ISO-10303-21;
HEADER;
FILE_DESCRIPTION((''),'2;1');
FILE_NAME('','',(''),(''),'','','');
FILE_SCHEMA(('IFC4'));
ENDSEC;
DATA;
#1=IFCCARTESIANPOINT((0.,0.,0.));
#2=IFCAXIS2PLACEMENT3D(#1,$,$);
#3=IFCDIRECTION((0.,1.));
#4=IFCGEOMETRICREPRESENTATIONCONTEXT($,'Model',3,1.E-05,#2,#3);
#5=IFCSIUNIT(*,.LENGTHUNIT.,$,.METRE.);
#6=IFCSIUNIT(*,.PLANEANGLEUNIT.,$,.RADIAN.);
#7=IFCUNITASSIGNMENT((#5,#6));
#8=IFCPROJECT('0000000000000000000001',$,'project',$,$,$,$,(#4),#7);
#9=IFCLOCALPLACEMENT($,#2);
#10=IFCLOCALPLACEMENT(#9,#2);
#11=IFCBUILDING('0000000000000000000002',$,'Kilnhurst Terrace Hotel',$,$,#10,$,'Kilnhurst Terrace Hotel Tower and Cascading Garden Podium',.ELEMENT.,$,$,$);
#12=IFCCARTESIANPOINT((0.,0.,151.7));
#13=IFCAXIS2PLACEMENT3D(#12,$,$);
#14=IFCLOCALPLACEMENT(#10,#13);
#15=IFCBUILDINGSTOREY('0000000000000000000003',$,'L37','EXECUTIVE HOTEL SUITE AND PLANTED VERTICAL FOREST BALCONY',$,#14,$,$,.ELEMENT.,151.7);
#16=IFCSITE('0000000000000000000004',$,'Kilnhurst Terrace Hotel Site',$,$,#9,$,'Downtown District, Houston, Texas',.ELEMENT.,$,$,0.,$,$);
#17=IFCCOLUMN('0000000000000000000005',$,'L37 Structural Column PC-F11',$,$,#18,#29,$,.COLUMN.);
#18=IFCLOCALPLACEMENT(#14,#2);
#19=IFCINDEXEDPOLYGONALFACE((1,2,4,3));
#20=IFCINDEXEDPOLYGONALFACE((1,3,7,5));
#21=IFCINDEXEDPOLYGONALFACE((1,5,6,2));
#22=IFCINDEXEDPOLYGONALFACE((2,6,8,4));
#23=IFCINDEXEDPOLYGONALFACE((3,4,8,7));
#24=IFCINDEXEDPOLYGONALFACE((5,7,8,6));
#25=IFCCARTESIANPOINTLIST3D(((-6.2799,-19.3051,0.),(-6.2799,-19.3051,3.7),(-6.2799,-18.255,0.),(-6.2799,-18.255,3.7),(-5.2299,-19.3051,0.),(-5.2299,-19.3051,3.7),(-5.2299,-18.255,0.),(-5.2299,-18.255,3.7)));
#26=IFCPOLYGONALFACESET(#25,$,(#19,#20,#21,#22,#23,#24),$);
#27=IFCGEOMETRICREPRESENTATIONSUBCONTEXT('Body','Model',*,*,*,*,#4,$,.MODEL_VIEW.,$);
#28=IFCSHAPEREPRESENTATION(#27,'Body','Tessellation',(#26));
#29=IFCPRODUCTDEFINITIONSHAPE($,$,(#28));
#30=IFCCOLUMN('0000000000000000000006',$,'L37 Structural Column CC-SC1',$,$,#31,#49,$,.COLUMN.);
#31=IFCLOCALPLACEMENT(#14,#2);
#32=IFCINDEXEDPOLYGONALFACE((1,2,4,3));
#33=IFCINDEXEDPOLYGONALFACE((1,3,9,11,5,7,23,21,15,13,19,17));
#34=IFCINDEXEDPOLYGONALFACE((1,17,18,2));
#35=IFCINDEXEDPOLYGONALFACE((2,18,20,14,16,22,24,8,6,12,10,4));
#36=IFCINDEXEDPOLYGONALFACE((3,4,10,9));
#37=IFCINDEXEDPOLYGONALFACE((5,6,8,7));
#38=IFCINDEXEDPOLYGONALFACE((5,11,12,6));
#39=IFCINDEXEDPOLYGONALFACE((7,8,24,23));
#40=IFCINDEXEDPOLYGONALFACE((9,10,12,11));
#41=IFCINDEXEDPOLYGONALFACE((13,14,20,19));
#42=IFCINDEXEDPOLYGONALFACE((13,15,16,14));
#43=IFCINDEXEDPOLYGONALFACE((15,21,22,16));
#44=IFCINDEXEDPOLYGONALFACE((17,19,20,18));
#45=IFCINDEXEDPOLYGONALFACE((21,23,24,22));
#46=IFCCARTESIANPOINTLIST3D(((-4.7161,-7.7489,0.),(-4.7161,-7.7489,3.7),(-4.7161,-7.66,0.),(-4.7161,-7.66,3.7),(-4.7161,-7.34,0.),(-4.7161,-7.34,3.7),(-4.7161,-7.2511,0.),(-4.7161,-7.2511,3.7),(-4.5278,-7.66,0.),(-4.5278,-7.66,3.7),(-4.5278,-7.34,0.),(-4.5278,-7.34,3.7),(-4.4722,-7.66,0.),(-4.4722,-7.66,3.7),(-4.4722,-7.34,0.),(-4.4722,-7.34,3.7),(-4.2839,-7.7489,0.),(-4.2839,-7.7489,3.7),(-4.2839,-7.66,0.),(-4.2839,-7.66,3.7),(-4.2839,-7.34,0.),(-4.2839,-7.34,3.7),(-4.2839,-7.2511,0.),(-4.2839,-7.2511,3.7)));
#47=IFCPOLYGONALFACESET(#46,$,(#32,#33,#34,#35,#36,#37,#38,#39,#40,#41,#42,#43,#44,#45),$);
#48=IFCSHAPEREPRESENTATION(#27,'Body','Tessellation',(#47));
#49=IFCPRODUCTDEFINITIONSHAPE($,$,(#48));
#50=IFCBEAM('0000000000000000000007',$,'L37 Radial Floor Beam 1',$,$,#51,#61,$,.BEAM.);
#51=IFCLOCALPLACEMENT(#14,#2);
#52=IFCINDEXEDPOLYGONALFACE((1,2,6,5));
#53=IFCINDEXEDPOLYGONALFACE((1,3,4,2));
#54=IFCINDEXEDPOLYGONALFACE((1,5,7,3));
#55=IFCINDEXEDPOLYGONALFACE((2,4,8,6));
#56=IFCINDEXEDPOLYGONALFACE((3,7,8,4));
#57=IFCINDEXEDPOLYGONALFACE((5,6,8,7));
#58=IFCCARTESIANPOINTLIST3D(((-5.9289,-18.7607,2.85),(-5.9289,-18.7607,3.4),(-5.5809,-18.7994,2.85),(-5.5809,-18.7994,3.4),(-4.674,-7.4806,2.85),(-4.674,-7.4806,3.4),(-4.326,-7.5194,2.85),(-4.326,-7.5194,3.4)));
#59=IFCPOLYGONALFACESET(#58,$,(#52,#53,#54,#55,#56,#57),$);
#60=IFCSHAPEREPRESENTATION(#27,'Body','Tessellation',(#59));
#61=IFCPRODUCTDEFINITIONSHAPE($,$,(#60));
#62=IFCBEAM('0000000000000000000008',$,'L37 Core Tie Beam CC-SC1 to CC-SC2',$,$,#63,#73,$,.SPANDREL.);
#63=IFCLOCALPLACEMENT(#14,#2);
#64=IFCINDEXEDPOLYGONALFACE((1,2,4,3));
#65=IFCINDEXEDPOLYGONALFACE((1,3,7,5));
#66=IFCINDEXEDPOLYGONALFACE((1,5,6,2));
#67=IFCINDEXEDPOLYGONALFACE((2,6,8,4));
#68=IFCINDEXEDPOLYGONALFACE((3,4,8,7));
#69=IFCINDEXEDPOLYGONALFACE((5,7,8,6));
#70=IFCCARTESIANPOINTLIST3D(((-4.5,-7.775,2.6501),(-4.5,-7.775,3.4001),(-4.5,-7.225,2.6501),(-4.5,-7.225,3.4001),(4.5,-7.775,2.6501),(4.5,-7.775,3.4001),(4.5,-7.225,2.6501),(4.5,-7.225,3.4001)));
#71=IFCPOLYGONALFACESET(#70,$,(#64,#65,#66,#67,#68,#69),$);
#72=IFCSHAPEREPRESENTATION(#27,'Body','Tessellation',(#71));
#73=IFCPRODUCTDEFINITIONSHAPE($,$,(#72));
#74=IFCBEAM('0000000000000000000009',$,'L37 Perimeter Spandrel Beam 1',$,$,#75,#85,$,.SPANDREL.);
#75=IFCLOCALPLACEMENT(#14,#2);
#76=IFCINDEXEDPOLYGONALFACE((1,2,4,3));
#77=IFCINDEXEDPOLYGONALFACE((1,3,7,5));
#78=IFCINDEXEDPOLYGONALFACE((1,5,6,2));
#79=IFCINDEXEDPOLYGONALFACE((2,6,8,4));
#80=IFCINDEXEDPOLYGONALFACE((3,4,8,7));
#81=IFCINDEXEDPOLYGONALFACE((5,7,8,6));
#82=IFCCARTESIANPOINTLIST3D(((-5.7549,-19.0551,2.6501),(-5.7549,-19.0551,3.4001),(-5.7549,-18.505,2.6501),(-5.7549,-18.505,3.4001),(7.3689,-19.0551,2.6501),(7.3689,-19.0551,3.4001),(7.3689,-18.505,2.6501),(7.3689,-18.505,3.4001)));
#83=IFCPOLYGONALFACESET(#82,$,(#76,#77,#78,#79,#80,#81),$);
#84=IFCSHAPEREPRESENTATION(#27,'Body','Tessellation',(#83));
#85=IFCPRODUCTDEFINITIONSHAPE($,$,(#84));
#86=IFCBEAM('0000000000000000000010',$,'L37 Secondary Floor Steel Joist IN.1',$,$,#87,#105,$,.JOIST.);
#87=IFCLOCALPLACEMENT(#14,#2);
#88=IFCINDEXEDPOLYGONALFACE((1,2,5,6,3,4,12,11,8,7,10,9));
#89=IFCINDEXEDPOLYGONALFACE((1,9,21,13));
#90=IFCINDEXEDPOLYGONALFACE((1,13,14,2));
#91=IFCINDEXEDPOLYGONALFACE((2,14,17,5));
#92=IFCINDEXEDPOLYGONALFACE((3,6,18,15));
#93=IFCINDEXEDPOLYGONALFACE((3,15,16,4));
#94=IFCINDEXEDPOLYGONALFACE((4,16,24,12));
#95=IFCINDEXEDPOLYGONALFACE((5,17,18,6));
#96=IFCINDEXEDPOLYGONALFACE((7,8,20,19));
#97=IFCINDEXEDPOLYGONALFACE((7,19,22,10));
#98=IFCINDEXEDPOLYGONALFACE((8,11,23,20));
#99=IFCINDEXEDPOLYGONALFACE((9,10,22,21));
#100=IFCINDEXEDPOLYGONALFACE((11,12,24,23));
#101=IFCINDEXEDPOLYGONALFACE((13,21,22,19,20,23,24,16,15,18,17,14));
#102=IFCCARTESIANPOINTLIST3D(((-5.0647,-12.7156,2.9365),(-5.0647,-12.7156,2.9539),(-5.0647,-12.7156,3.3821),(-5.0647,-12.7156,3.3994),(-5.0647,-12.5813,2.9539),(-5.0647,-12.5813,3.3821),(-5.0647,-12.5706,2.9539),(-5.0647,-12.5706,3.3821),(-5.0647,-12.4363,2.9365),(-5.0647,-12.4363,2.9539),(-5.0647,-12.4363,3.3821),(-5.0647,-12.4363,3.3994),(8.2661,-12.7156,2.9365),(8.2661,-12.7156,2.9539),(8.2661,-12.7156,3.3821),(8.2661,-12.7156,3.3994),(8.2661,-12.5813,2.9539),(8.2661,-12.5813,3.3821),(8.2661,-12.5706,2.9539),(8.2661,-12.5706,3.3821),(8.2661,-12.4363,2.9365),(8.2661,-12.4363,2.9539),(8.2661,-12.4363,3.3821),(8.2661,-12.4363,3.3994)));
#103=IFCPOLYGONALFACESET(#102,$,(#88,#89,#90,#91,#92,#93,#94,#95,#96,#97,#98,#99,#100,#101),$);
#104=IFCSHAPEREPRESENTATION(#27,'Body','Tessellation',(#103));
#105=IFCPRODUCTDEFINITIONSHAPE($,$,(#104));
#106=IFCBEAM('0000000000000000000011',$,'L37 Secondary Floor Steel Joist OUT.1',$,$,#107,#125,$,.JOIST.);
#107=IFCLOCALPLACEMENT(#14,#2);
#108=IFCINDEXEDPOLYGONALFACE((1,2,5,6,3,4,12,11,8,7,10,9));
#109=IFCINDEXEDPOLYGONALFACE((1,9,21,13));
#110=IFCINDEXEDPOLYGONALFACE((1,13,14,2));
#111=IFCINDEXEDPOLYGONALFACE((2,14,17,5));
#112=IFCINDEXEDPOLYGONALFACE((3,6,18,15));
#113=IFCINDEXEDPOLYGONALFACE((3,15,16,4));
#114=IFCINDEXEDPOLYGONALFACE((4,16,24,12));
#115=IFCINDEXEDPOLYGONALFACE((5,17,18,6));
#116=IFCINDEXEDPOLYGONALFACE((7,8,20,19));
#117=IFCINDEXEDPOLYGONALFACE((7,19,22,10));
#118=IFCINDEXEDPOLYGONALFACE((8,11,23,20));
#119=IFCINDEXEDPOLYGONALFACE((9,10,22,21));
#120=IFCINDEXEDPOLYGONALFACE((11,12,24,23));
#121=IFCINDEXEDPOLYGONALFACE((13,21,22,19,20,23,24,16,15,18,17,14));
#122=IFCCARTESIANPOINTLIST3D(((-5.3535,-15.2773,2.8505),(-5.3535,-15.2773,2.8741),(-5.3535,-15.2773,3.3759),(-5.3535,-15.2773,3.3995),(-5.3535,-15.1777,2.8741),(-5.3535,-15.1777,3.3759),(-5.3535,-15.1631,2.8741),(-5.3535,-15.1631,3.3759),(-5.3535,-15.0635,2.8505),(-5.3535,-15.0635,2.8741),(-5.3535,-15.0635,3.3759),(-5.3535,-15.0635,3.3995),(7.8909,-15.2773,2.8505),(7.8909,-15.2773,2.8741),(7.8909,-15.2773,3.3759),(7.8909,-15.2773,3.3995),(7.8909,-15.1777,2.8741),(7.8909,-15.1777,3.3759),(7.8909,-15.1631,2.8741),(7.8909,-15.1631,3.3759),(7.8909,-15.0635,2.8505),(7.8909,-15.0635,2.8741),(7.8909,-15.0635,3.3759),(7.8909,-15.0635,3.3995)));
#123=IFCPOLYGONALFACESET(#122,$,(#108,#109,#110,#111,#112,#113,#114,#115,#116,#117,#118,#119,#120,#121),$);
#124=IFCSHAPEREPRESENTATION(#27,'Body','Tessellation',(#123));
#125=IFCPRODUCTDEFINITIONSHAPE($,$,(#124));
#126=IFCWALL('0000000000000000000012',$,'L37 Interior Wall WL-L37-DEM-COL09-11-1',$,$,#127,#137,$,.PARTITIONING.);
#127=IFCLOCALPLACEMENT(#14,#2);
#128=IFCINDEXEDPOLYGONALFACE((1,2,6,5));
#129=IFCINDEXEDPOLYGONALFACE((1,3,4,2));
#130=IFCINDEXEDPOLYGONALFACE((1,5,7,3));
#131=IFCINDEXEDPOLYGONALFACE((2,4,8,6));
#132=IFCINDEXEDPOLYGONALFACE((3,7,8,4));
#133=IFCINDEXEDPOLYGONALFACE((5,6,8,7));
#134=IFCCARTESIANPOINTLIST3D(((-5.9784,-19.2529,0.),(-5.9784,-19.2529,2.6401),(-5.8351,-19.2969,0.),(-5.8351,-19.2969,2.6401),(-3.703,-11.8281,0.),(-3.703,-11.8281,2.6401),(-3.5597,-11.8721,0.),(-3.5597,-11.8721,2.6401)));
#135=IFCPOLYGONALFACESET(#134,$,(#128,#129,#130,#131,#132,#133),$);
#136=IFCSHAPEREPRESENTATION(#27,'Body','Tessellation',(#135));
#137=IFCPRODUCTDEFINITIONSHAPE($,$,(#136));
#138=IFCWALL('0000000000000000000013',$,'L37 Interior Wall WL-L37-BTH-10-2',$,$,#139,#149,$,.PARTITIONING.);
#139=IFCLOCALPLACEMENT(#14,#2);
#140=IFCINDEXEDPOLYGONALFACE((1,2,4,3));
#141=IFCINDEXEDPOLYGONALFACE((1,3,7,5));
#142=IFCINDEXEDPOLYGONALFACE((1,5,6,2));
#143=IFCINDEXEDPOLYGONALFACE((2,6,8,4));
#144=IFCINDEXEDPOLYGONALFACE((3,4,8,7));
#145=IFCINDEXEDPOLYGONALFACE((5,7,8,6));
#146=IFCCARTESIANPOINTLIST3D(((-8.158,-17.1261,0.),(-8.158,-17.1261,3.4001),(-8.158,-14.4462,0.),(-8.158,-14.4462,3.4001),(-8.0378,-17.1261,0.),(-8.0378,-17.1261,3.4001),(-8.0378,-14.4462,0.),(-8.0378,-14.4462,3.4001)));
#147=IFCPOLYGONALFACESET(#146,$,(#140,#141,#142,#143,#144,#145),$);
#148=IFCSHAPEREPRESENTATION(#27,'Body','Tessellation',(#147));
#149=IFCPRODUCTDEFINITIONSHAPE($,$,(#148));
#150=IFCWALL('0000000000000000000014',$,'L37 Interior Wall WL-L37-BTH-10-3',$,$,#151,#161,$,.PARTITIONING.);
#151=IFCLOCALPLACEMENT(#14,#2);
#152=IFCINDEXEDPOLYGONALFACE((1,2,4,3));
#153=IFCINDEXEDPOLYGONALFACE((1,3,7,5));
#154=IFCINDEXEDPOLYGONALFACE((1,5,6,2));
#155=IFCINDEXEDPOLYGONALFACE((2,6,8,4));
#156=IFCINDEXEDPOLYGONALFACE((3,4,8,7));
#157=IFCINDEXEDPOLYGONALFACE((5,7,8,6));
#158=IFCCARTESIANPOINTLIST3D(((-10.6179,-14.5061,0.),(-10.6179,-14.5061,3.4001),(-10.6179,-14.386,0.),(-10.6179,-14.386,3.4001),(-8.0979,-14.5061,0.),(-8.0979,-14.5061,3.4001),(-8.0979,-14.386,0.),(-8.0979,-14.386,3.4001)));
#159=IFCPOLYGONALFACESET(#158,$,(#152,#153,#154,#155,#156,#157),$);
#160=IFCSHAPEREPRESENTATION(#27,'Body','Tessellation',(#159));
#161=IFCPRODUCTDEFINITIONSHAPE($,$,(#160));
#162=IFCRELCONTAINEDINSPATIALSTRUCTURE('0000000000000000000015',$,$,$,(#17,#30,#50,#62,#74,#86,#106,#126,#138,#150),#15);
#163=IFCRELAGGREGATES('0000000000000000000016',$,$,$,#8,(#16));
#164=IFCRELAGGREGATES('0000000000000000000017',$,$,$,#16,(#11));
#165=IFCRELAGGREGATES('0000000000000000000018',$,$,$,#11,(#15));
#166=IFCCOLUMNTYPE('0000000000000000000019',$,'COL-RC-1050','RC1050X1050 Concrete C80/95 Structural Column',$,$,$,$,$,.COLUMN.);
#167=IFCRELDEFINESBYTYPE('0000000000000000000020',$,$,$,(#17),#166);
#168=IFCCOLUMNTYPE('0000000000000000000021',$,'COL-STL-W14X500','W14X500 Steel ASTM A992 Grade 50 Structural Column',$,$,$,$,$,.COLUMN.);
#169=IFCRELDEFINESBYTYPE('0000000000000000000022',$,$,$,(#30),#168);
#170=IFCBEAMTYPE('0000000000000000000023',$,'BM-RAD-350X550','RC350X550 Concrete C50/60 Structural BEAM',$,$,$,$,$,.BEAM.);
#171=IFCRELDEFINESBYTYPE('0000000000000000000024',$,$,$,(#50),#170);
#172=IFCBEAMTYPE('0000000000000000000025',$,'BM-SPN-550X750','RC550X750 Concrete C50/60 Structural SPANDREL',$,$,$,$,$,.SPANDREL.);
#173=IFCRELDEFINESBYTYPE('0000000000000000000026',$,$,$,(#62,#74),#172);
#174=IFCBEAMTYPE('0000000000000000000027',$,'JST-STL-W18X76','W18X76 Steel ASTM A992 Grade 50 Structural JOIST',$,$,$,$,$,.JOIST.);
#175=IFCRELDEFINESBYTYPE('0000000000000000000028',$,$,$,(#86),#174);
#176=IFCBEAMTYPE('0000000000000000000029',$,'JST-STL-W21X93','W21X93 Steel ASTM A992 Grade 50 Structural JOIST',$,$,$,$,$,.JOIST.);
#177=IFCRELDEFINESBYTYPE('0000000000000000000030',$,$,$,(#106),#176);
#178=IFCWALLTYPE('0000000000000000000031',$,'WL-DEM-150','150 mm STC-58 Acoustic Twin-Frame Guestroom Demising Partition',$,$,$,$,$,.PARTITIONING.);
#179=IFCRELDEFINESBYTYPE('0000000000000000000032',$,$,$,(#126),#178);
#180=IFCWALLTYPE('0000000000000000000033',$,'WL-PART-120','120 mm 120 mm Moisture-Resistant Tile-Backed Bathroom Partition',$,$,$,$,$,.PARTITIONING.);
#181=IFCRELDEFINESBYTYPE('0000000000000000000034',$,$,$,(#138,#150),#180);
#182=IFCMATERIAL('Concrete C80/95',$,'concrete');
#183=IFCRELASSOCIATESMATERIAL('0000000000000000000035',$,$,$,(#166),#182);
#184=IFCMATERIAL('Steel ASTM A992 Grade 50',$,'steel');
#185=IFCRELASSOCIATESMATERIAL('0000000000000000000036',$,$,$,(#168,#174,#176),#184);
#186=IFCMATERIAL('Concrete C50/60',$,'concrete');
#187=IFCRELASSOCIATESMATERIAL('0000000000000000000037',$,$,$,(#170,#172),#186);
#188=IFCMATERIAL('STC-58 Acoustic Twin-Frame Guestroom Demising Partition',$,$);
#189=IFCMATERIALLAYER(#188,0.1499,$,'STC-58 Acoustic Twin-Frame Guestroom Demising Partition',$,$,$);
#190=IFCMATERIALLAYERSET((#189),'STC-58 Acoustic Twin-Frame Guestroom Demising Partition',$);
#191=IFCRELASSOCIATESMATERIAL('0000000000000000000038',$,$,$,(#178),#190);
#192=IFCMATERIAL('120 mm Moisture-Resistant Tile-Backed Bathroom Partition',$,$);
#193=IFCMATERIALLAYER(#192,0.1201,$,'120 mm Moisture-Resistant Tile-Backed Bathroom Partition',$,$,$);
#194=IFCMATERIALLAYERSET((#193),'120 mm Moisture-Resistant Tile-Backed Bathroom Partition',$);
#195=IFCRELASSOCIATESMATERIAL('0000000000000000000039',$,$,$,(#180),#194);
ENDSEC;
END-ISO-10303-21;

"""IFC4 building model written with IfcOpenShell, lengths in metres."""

from ifc_helpers import new_model, si_unit, direction, frame, frame_2d, origin, origin_2d, place, context, subcontext, project, spatial, rectangle, i_section, extrude, material, layer, layer_set, material_profile, profile_set, type_object, element, save


model = new_model("IFC4")

# Units and contexts
model_context = context("Model", 3, precision=1e-05, world=origin(), true_north=direction((0.0, 1.0)))
body_context = subcontext(model_context, "Body", "Model", "MODEL_VIEW")
ifc_project = project(units=[si_unit("LENGTHUNIT", "METRE"), si_unit("PLANEANGLEUNIT", "RADIAN")], contexts=[model_context])

# Site, building, storey
site_placement = place(None, origin())
site = spatial("IfcSite", under=ifc_project, at=site_placement, Name="Kilnhurst Terrace Hotel Site", LongName="Downtown District, Houston, Texas", CompositionType="ELEMENT", RefElevation=0.0)
building_placement = place(site_placement, origin())
building = spatial("IfcBuilding", under=site, at=building_placement, Name="Kilnhurst Terrace Hotel", LongName="Kilnhurst Terrace Hotel Tower and Cascading Garden Podium", CompositionType="ELEMENT")
storey_placement = place(building_placement, frame((0.0, 0.0, 151.7)))
storey = spatial("IfcBuildingStorey", under=building, at=storey_placement, Name="L37", Description="EXECUTIVE HOTEL SUITE AND PLANTED VERTICAL FOREST BALCONY", CompositionType="ELEMENT", Elevation=151.7)

# Columns
ifc_material_1 = material(Name="Concrete C80/95", Category="concrete")
ifc_material_profile_1 = material_profile(ifc_material_1, rectangle(XDim=1.05, YDim=1.05, at=origin_2d()), Name="RC1050X1050")
ifc_profile_set_1 = profile_set([ifc_material_profile_1], Name="Concrete C80/95")
column_type_1 = type_object("IfcColumnType", Name="COL-RC-1050", Description="RC1050X1050 Concrete C80/95 Structural Column", PredefinedType="COLUMN", material=ifc_profile_set_1)
column_1_placement = place(storey_placement, frame((-5.7549, -18.78, 0.0), z_axis=(0.0, 0.0, 1.0), x_axis=(1.0, 0.0, 0.0)))
element("IfcColumn", 1, at=column_1_placement, inside=storey, type_object=column_type_1, Name="L37 Structural Column PC-F11", PredefinedType="COLUMN", context=body_context, shape_type="SweptSolid", body=[
    extrude(rectangle(XDim=1.05, YDim=1.05, at=origin_2d()), origin(), (0.0, 0.0, 1.0), 3.7),
])
ifc_material_2 = material(Name="Steel ASTM A992 Grade 50", Category="steel")
ifc_material_profile_2 = material_profile(ifc_material_2, i_section(OverallWidth=0.4321, OverallDepth=0.4978, WebThickness=0.0557, FlangeThickness=0.0889, at=origin_2d()), Name="W14X500")
ifc_profile_set_2 = profile_set([ifc_material_profile_2], Name="Steel ASTM A992 Grade 50")
column_type_2 = type_object("IfcColumnType", Name="COL-STL-W14X500", Description="W14X500 Steel ASTM A992 Grade 50 Structural Column", PredefinedType="COLUMN", material=ifc_profile_set_2)
column_2_placement = place(storey_placement, frame((-4.5, -7.5, 0.0), z_axis=(0.0, 0.0, 1.0), x_axis=(1.0, 0.0, 0.0)))
element("IfcColumn", 2, at=column_2_placement, inside=storey, type_object=column_type_2, Name="L37 Structural Column CC-SC1", PredefinedType="COLUMN", context=body_context, shape_type="SweptSolid", body=[
    extrude(i_section(OverallWidth=0.4321, OverallDepth=0.4978, WebThickness=0.0557, FlangeThickness=0.0889, at=origin_2d()), origin(), (0.0, 0.0, 1.0), 3.7),
])

# Beams
ifc_material_3 = material(Name="Concrete C50/60", Category="concrete")
ifc_material_profile_3 = material_profile(ifc_material_3, rectangle(XDim=0.3501, YDim=0.55, at=origin_2d()), Name="RC350X550")
ifc_profile_set_3 = profile_set([ifc_material_profile_3], Name="Concrete C50/60")
beam_type_1 = type_object("IfcBeamType", Name="BM-RAD-350X550", Description="RC350X550 Concrete C50/60 Structural BEAM", PredefinedType="BEAM", material=ifc_profile_set_3)
beam_1_placement = place(storey_placement, frame((-4.5, -7.5, 3.125), z_axis=(-0.110566, -0.993869, 0.0), x_axis=(0.993869, -0.110566, 0.0)))
element("IfcBeam", 3, at=beam_1_placement, inside=storey, type_object=beam_type_1, Name="L37 Radial Floor Beam 1", PredefinedType="BEAM", context=body_context, shape_type="SweptSolid", body=[
    extrude(rectangle(XDim=0.3501, YDim=0.55, at=origin_2d()), origin(), (0.0, 0.0, 1.0), 11.3496),
])
ifc_material_profile_4 = material_profile(ifc_material_3, rectangle(XDim=0.55, YDim=0.75, at=origin_2d()), Name="RC550X750")
ifc_profile_set_4 = profile_set([ifc_material_profile_4], Name="Concrete C50/60")
beam_type_2 = type_object("IfcBeamType", Name="BM-SPN-550X750", Description="RC550X750 Concrete C50/60 Structural SPANDREL", PredefinedType="SPANDREL", material=ifc_profile_set_4)
beam_2_placement = place(storey_placement, frame((-4.5, -7.5, 3.0251), z_axis=(1.0, 0.0, 0.0), x_axis=(0.0, 1.0, 0.0)))
element("IfcBeam", 4, at=beam_2_placement, inside=storey, type_object=beam_type_2, Name="L37 Core Tie Beam CC-SC1 to CC-SC2", PredefinedType="SPANDREL", context=body_context, shape_type="SweptSolid", body=[
    extrude(rectangle(XDim=0.55, YDim=0.75, at=origin_2d()), origin(), (0.0, 0.0, 1.0), 9.0),
])
beam_3_placement = place(storey_placement, frame((-5.7549, -18.78, 3.0251), z_axis=(1.0, 0.0, 0.0), x_axis=(0.0, 1.0, 0.0)))
element("IfcBeam", 5, at=beam_3_placement, inside=storey, type_object=beam_type_2, Name="L37 Perimeter Spandrel Beam 1", PredefinedType="SPANDREL", context=body_context, shape_type="SweptSolid", body=[
    extrude(rectangle(XDim=0.55, YDim=0.75, at=origin_2d()), origin(), (0.0, 0.0, 1.0), 13.1238),
])
ifc_material_profile_5 = material_profile(ifc_material_2, i_section(OverallWidth=0.2793, OverallDepth=0.4629, WebThickness=0.0107, FlangeThickness=0.0173, at=origin_2d()), Name="W18X76")
ifc_profile_set_5 = profile_set([ifc_material_profile_5], Name="Steel ASTM A992 Grade 50")
beam_type_3 = type_object("IfcBeamType", Name="JST-STL-W18X76", Description="W18X76 Steel ASTM A992 Grade 50 Structural JOIST", PredefinedType="JOIST", material=ifc_profile_set_5)
beam_4_placement = place(storey_placement, frame((-5.0647, -12.5759, 3.168), z_axis=(1.0, 0.0, 0.0), x_axis=(0.0, 1.0, 0.0)))
element("IfcBeam", 6, at=beam_4_placement, inside=storey, type_object=beam_type_3, Name="L37 Secondary Floor Steel Joist IN.1", PredefinedType="JOIST", context=body_context, shape_type="SweptSolid", body=[
    extrude(i_section(OverallWidth=0.2793, OverallDepth=0.4629, WebThickness=0.0107, FlangeThickness=0.0173, at=origin_2d()), origin(), (0.0, 0.0, 1.0), 13.3308),
])
ifc_material_profile_6 = material_profile(ifc_material_2, i_section(OverallWidth=0.2139, OverallDepth=0.5491, WebThickness=0.0146, FlangeThickness=0.0237, at=origin_2d()), Name="W21X93")
ifc_profile_set_6 = profile_set([ifc_material_profile_6], Name="Steel ASTM A992 Grade 50")
beam_type_4 = type_object("IfcBeamType", Name="JST-STL-W21X93", Description="W21X93 Steel ASTM A992 Grade 50 Structural JOIST", PredefinedType="JOIST", material=ifc_profile_set_6)
beam_5_placement = place(storey_placement, frame((-5.3535, -15.1704, 3.125), z_axis=(1.0, 0.0, 0.0), x_axis=(0.0, 1.0, 0.0)))
element("IfcBeam", 7, at=beam_5_placement, inside=storey, type_object=beam_type_4, Name="L37 Secondary Floor Steel Joist OUT.1", PredefinedType="JOIST", context=body_context, shape_type="SweptSolid", body=[
    extrude(i_section(OverallWidth=0.2139, OverallDepth=0.5491, WebThickness=0.0146, FlangeThickness=0.0237, at=origin_2d()), origin(), (0.0, 0.0, 1.0), 13.2444),
])

# Walls
ifc_material_4 = material(Name="STC-58 Acoustic Twin-Frame Guestroom Demising Partition")
ifc_layer_1 = layer(ifc_material_4, 0.1499, Name="STC-58 Acoustic Twin-Frame Guestroom Demising Partition")
ifc_layer_set_1 = layer_set([ifc_layer_1], Name="STC-58 Acoustic Twin-Frame Guestroom Demising Partition")
wall_type_1 = type_object("IfcWallType", Name="WL-DEM-150", Description="150 mm STC-58 Acoustic Twin-Frame Guestroom Demising Partition", PredefinedType="PARTITIONING", material=ifc_layer_set_1)
wall_1_placement = place(storey_placement, frame((-3.6313, -11.8501, 0.0), z_axis=(0.0, 0.0, 1.0), x_axis=(-0.293008, -0.95611, 0.0)))
element("IfcWall", 8, at=wall_1_placement, inside=storey, type_object=wall_type_1, Name="L37 Interior Wall WL-L37-DEM-COL09-11-1", PredefinedType="PARTITIONING", context=body_context, shape_type="SweptSolid", body=[
    extrude(rectangle(XDim=7.7656, YDim=0.1499, at=frame_2d((3.8828, 0.0))), origin(), (0.0, 0.0, 1.0), 2.6401),
])
ifc_material_5 = material(Name="120 mm Moisture-Resistant Tile-Backed Bathroom Partition")
ifc_layer_2 = layer(ifc_material_5, 0.1201, Name="120 mm Moisture-Resistant Tile-Backed Bathroom Partition")
ifc_layer_set_2 = layer_set([ifc_layer_2], Name="120 mm Moisture-Resistant Tile-Backed Bathroom Partition")
wall_type_2 = type_object("IfcWallType", Name="WL-PART-120", Description="120 mm 120 mm Moisture-Resistant Tile-Backed Bathroom Partition", PredefinedType="PARTITIONING", material=ifc_layer_set_2)
wall_2_placement = place(storey_placement, frame((-8.0979, -17.126, 0.0), z_axis=(0.0, 0.0, 1.0), x_axis=(0.0, 1.0, 0.0)))
element("IfcWall", 9, at=wall_2_placement, inside=storey, type_object=wall_type_2, Name="L37 Interior Wall WL-L37-BTH-10-2", PredefinedType="PARTITIONING", context=body_context, shape_type="SweptSolid", body=[
    extrude(rectangle(XDim=2.6799, YDim=0.1201, at=frame_2d((1.3398, 0.0))), origin(), (0.0, 0.0, 1.0), 3.4001),
])
wall_3_placement = place(storey_placement, frame((-8.0979, -14.446, 0.0), z_axis=(0.0, 0.0, 1.0), x_axis=(-1.0, 0.0, 0.0)))
element("IfcWall", 10, at=wall_3_placement, inside=storey, type_object=wall_type_2, Name="L37 Interior Wall WL-L37-BTH-10-3", PredefinedType="PARTITIONING", context=body_context, shape_type="SweptSolid", body=[
    extrude(rectangle(XDim=2.52, YDim=0.1201, at=frame_2d((1.26, 0.0))), origin(), (0.0, 0.0, 1.0), 3.4001),
])

save(model, "model.ifc")
